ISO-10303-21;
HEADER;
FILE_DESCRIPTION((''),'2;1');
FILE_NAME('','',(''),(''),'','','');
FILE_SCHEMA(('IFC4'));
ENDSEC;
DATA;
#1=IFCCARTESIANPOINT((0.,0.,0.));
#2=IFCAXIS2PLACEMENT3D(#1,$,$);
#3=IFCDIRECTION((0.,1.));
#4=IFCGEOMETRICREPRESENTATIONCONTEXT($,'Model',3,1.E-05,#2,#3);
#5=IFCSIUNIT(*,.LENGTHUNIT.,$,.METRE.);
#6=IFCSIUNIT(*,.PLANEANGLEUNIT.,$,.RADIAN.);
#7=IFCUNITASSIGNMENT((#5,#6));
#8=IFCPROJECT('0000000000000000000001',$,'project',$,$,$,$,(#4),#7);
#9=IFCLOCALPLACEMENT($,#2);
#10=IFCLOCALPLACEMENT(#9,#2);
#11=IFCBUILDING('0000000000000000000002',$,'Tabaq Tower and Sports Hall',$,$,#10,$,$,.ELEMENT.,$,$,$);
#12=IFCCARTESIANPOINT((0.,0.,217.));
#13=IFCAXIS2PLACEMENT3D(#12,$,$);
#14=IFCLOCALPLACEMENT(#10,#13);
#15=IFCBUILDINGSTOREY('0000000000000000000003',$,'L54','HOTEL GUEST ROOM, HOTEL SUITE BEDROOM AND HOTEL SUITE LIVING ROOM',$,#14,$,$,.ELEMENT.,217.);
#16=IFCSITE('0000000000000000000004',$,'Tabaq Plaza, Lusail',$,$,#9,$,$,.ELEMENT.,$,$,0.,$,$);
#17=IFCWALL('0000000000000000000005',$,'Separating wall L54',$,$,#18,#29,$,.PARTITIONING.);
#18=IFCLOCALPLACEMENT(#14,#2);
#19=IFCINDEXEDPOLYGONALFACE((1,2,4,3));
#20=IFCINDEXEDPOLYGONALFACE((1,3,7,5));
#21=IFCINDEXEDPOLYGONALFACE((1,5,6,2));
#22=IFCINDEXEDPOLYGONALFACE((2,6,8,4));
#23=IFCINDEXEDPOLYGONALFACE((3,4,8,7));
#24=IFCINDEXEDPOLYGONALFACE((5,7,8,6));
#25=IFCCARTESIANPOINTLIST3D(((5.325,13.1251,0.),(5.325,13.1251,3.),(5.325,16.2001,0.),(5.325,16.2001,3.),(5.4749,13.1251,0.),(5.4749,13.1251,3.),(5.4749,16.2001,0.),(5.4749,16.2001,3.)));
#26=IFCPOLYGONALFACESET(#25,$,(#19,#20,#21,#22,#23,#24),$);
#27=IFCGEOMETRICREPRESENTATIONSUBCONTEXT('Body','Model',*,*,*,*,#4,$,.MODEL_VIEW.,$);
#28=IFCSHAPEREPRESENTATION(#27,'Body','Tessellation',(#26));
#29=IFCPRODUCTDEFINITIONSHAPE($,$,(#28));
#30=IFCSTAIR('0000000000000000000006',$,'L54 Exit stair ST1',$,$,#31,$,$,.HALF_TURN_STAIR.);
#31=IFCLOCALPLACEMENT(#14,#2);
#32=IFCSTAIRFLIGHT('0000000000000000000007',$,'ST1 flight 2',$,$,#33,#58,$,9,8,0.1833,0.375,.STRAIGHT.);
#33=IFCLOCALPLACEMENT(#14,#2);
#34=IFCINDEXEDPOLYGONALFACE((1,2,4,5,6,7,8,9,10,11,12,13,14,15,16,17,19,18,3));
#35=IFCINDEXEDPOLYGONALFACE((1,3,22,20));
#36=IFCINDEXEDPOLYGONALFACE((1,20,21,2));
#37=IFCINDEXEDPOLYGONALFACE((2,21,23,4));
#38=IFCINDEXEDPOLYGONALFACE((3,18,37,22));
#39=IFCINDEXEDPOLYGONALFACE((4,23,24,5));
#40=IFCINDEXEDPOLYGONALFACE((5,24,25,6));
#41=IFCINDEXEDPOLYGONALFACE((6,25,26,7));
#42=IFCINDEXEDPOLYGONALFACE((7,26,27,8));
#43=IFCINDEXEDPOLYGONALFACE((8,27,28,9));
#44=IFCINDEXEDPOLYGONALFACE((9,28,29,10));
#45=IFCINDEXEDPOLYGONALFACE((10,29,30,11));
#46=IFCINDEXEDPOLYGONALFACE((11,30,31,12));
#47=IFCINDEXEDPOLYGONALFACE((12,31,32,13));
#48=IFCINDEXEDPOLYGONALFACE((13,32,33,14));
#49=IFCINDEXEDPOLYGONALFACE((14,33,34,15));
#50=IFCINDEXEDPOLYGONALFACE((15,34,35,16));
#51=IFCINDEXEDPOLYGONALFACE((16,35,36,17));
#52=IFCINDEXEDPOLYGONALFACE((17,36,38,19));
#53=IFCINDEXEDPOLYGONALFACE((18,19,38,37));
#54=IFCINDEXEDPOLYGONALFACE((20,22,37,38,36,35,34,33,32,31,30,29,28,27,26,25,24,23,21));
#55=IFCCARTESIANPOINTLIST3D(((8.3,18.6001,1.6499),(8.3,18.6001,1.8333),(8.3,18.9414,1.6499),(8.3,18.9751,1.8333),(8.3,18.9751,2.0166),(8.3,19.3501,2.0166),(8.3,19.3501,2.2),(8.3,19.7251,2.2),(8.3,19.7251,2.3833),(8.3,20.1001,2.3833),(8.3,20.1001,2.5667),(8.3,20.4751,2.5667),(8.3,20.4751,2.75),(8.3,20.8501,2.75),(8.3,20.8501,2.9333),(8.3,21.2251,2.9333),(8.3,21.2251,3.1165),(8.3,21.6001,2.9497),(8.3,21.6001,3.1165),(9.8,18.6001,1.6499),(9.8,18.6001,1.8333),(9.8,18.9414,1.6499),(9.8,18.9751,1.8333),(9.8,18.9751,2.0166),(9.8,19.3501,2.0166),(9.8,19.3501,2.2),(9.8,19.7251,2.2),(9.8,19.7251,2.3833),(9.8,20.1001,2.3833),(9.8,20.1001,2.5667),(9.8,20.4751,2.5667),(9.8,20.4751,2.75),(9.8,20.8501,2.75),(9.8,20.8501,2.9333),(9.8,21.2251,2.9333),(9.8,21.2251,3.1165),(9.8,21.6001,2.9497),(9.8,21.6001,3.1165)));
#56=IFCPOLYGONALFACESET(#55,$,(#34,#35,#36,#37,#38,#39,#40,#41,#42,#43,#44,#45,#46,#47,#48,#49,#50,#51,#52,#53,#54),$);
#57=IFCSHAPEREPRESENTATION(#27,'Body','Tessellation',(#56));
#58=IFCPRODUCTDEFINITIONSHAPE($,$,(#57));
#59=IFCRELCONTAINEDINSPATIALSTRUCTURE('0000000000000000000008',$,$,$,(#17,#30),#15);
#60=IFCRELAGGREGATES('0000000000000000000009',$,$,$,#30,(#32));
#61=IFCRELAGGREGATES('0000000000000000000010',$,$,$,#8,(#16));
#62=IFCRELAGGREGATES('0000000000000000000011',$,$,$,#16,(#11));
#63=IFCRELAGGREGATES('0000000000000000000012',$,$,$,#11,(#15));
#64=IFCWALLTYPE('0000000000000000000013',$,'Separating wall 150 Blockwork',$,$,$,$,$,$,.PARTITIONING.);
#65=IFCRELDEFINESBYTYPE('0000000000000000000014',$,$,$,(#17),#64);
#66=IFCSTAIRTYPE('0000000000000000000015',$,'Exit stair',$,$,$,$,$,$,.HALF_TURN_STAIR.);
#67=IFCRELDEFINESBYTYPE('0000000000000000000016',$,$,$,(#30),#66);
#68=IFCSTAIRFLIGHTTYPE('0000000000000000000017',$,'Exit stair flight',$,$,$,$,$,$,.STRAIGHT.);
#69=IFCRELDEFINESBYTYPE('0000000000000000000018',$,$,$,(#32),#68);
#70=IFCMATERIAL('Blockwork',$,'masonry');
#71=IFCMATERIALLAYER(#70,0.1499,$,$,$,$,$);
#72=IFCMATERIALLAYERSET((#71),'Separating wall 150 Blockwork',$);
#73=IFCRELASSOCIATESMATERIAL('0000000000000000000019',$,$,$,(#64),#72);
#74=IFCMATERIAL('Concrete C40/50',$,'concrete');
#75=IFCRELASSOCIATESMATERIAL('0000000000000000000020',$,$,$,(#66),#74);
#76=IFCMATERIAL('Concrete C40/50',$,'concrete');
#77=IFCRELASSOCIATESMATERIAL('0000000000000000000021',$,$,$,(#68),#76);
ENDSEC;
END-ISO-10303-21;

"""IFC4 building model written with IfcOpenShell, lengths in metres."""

from ifc_helpers import new_model, si_unit, direction, frame, frame_2d, origin, place, context, subcontext, project, spatial, polyline, rectangle, outline, extrude, material, layer, layer_set, type_object, element, aggregate, save


model = new_model("IFC4")

# Units and contexts
model_context = context("Model", 3, precision=1e-05, world=origin(), true_north=direction((0.0, 1.0)))
body_context = subcontext(model_context, "Body", "Model", "MODEL_VIEW")
ifc_project = project(units=[si_unit("LENGTHUNIT", "METRE"), si_unit("PLANEANGLEUNIT", "RADIAN")], contexts=[model_context])

# Site, building, storey
site_placement = place(None, origin())
site = spatial("IfcSite", under=ifc_project, at=site_placement, Name="Tabaq Plaza, Lusail", CompositionType="ELEMENT", RefElevation=0.0)
building_placement = place(site_placement, origin())
building = spatial("IfcBuilding", under=site, at=building_placement, Name="Tabaq Tower and Sports Hall", CompositionType="ELEMENT")
storey_placement = place(building_placement, frame((0.0, 0.0, 217.0)))
storey = spatial("IfcBuildingStorey", under=building, at=storey_placement, Name="L54", Description="HOTEL GUEST ROOM, HOTEL SUITE BEDROOM AND HOTEL SUITE LIVING ROOM", CompositionType="ELEMENT", Elevation=217.0)

# Shared definitions
ifc_material_1 = material(Name="Blockwork", Category="masonry")
ifc_layer_1 = layer(ifc_material_1, 0.1499)
ifc_layer_set_1 = layer_set([ifc_layer_1], Name="Separating wall 150 Blockwork")
wall_type_1 = type_object("IfcWallType", Name="Separating wall 150 Blockwork", PredefinedType="PARTITIONING", material=ifc_layer_set_1)

# Wall
wall_1_placement = place(storey_placement, frame((5.3999, 13.125, 0.0), z_axis=(0.0, 0.0, 1.0), x_axis=(0.0, 1.0, 0.0)))
element("IfcWall", 1, at=wall_1_placement, inside=storey, type_object=wall_type_1, Name="Separating wall L54", PredefinedType="PARTITIONING", context=body_context, shape_type="SweptSolid", body=[
    extrude(rectangle(XDim=3.075, YDim=0.1499, at=frame_2d((1.5376, 0.0))), origin(), (0.0, 0.0, 1.0), 3.0),
])

# Stair, stair flight
ifc_material_2 = material(Name="Concrete C40/50", Category="concrete")
stair_type = type_object("IfcStairType", Name="Exit stair", PredefinedType="HALF_TURN_STAIR", material=ifc_material_2)
stair_placement = place(storey_placement, origin())
stair = element("IfcStair", 2, at=stair_placement, inside=storey, type_object=stair_type, Name="L54 Exit stair ST1", PredefinedType="HALF_TURN_STAIR")
ifc_material_3 = material(Name="Concrete C40/50", Category="concrete")
stair_flight_type = type_object("IfcStairFlightType", Name="Exit stair flight", PredefinedType="STRAIGHT", material=ifc_material_3)
stair_flight_placement = place(storey_placement, frame((9.05, 18.6001, 1.6499), z_axis=(0.0, 0.0, 1.0), x_axis=(0.0, 1.0, 0.0)))
stair_flight = element("IfcStairFlight", 3, at=stair_flight_placement, type_object=stair_flight_type, Name="ST1 flight 2", NumberOfRisers=9, NumberOfTreads=8, PredefinedType="STRAIGHT", RiserHeight=0.1833, TreadLength=0.375, context=body_context, shape_type="SweptSolid", body=[
    extrude(outline(polyline([(0.0, 0.0), (0.0, 0.1833), (0.375, 0.1833), (0.375, 0.3667), (0.75, 0.3667), (0.75, 0.55), (1.125, 0.55), (1.125, 0.7334), (1.5, 0.7334), (1.5, 0.9167), (1.875, 0.9167), (1.875, 1.1001), (2.25, 1.1001), (2.25, 1.2834), (2.625, 1.2834), (2.625, 1.4666), (3.0, 1.4666), (3.0, 1.6499), (3.0, 1.2998), (0.3413, 0.0), (0.0, 0.0)])), frame((0.0, 0.75, 0.0), z_axis=(0.0, -1.0, 0.0), x_axis=(1.0, 0.0, 0.0)), (0.0, 0.0, 1.0), 1.5),
])
aggregate(stair, [stair_flight])

save(model, "model.ifc")
